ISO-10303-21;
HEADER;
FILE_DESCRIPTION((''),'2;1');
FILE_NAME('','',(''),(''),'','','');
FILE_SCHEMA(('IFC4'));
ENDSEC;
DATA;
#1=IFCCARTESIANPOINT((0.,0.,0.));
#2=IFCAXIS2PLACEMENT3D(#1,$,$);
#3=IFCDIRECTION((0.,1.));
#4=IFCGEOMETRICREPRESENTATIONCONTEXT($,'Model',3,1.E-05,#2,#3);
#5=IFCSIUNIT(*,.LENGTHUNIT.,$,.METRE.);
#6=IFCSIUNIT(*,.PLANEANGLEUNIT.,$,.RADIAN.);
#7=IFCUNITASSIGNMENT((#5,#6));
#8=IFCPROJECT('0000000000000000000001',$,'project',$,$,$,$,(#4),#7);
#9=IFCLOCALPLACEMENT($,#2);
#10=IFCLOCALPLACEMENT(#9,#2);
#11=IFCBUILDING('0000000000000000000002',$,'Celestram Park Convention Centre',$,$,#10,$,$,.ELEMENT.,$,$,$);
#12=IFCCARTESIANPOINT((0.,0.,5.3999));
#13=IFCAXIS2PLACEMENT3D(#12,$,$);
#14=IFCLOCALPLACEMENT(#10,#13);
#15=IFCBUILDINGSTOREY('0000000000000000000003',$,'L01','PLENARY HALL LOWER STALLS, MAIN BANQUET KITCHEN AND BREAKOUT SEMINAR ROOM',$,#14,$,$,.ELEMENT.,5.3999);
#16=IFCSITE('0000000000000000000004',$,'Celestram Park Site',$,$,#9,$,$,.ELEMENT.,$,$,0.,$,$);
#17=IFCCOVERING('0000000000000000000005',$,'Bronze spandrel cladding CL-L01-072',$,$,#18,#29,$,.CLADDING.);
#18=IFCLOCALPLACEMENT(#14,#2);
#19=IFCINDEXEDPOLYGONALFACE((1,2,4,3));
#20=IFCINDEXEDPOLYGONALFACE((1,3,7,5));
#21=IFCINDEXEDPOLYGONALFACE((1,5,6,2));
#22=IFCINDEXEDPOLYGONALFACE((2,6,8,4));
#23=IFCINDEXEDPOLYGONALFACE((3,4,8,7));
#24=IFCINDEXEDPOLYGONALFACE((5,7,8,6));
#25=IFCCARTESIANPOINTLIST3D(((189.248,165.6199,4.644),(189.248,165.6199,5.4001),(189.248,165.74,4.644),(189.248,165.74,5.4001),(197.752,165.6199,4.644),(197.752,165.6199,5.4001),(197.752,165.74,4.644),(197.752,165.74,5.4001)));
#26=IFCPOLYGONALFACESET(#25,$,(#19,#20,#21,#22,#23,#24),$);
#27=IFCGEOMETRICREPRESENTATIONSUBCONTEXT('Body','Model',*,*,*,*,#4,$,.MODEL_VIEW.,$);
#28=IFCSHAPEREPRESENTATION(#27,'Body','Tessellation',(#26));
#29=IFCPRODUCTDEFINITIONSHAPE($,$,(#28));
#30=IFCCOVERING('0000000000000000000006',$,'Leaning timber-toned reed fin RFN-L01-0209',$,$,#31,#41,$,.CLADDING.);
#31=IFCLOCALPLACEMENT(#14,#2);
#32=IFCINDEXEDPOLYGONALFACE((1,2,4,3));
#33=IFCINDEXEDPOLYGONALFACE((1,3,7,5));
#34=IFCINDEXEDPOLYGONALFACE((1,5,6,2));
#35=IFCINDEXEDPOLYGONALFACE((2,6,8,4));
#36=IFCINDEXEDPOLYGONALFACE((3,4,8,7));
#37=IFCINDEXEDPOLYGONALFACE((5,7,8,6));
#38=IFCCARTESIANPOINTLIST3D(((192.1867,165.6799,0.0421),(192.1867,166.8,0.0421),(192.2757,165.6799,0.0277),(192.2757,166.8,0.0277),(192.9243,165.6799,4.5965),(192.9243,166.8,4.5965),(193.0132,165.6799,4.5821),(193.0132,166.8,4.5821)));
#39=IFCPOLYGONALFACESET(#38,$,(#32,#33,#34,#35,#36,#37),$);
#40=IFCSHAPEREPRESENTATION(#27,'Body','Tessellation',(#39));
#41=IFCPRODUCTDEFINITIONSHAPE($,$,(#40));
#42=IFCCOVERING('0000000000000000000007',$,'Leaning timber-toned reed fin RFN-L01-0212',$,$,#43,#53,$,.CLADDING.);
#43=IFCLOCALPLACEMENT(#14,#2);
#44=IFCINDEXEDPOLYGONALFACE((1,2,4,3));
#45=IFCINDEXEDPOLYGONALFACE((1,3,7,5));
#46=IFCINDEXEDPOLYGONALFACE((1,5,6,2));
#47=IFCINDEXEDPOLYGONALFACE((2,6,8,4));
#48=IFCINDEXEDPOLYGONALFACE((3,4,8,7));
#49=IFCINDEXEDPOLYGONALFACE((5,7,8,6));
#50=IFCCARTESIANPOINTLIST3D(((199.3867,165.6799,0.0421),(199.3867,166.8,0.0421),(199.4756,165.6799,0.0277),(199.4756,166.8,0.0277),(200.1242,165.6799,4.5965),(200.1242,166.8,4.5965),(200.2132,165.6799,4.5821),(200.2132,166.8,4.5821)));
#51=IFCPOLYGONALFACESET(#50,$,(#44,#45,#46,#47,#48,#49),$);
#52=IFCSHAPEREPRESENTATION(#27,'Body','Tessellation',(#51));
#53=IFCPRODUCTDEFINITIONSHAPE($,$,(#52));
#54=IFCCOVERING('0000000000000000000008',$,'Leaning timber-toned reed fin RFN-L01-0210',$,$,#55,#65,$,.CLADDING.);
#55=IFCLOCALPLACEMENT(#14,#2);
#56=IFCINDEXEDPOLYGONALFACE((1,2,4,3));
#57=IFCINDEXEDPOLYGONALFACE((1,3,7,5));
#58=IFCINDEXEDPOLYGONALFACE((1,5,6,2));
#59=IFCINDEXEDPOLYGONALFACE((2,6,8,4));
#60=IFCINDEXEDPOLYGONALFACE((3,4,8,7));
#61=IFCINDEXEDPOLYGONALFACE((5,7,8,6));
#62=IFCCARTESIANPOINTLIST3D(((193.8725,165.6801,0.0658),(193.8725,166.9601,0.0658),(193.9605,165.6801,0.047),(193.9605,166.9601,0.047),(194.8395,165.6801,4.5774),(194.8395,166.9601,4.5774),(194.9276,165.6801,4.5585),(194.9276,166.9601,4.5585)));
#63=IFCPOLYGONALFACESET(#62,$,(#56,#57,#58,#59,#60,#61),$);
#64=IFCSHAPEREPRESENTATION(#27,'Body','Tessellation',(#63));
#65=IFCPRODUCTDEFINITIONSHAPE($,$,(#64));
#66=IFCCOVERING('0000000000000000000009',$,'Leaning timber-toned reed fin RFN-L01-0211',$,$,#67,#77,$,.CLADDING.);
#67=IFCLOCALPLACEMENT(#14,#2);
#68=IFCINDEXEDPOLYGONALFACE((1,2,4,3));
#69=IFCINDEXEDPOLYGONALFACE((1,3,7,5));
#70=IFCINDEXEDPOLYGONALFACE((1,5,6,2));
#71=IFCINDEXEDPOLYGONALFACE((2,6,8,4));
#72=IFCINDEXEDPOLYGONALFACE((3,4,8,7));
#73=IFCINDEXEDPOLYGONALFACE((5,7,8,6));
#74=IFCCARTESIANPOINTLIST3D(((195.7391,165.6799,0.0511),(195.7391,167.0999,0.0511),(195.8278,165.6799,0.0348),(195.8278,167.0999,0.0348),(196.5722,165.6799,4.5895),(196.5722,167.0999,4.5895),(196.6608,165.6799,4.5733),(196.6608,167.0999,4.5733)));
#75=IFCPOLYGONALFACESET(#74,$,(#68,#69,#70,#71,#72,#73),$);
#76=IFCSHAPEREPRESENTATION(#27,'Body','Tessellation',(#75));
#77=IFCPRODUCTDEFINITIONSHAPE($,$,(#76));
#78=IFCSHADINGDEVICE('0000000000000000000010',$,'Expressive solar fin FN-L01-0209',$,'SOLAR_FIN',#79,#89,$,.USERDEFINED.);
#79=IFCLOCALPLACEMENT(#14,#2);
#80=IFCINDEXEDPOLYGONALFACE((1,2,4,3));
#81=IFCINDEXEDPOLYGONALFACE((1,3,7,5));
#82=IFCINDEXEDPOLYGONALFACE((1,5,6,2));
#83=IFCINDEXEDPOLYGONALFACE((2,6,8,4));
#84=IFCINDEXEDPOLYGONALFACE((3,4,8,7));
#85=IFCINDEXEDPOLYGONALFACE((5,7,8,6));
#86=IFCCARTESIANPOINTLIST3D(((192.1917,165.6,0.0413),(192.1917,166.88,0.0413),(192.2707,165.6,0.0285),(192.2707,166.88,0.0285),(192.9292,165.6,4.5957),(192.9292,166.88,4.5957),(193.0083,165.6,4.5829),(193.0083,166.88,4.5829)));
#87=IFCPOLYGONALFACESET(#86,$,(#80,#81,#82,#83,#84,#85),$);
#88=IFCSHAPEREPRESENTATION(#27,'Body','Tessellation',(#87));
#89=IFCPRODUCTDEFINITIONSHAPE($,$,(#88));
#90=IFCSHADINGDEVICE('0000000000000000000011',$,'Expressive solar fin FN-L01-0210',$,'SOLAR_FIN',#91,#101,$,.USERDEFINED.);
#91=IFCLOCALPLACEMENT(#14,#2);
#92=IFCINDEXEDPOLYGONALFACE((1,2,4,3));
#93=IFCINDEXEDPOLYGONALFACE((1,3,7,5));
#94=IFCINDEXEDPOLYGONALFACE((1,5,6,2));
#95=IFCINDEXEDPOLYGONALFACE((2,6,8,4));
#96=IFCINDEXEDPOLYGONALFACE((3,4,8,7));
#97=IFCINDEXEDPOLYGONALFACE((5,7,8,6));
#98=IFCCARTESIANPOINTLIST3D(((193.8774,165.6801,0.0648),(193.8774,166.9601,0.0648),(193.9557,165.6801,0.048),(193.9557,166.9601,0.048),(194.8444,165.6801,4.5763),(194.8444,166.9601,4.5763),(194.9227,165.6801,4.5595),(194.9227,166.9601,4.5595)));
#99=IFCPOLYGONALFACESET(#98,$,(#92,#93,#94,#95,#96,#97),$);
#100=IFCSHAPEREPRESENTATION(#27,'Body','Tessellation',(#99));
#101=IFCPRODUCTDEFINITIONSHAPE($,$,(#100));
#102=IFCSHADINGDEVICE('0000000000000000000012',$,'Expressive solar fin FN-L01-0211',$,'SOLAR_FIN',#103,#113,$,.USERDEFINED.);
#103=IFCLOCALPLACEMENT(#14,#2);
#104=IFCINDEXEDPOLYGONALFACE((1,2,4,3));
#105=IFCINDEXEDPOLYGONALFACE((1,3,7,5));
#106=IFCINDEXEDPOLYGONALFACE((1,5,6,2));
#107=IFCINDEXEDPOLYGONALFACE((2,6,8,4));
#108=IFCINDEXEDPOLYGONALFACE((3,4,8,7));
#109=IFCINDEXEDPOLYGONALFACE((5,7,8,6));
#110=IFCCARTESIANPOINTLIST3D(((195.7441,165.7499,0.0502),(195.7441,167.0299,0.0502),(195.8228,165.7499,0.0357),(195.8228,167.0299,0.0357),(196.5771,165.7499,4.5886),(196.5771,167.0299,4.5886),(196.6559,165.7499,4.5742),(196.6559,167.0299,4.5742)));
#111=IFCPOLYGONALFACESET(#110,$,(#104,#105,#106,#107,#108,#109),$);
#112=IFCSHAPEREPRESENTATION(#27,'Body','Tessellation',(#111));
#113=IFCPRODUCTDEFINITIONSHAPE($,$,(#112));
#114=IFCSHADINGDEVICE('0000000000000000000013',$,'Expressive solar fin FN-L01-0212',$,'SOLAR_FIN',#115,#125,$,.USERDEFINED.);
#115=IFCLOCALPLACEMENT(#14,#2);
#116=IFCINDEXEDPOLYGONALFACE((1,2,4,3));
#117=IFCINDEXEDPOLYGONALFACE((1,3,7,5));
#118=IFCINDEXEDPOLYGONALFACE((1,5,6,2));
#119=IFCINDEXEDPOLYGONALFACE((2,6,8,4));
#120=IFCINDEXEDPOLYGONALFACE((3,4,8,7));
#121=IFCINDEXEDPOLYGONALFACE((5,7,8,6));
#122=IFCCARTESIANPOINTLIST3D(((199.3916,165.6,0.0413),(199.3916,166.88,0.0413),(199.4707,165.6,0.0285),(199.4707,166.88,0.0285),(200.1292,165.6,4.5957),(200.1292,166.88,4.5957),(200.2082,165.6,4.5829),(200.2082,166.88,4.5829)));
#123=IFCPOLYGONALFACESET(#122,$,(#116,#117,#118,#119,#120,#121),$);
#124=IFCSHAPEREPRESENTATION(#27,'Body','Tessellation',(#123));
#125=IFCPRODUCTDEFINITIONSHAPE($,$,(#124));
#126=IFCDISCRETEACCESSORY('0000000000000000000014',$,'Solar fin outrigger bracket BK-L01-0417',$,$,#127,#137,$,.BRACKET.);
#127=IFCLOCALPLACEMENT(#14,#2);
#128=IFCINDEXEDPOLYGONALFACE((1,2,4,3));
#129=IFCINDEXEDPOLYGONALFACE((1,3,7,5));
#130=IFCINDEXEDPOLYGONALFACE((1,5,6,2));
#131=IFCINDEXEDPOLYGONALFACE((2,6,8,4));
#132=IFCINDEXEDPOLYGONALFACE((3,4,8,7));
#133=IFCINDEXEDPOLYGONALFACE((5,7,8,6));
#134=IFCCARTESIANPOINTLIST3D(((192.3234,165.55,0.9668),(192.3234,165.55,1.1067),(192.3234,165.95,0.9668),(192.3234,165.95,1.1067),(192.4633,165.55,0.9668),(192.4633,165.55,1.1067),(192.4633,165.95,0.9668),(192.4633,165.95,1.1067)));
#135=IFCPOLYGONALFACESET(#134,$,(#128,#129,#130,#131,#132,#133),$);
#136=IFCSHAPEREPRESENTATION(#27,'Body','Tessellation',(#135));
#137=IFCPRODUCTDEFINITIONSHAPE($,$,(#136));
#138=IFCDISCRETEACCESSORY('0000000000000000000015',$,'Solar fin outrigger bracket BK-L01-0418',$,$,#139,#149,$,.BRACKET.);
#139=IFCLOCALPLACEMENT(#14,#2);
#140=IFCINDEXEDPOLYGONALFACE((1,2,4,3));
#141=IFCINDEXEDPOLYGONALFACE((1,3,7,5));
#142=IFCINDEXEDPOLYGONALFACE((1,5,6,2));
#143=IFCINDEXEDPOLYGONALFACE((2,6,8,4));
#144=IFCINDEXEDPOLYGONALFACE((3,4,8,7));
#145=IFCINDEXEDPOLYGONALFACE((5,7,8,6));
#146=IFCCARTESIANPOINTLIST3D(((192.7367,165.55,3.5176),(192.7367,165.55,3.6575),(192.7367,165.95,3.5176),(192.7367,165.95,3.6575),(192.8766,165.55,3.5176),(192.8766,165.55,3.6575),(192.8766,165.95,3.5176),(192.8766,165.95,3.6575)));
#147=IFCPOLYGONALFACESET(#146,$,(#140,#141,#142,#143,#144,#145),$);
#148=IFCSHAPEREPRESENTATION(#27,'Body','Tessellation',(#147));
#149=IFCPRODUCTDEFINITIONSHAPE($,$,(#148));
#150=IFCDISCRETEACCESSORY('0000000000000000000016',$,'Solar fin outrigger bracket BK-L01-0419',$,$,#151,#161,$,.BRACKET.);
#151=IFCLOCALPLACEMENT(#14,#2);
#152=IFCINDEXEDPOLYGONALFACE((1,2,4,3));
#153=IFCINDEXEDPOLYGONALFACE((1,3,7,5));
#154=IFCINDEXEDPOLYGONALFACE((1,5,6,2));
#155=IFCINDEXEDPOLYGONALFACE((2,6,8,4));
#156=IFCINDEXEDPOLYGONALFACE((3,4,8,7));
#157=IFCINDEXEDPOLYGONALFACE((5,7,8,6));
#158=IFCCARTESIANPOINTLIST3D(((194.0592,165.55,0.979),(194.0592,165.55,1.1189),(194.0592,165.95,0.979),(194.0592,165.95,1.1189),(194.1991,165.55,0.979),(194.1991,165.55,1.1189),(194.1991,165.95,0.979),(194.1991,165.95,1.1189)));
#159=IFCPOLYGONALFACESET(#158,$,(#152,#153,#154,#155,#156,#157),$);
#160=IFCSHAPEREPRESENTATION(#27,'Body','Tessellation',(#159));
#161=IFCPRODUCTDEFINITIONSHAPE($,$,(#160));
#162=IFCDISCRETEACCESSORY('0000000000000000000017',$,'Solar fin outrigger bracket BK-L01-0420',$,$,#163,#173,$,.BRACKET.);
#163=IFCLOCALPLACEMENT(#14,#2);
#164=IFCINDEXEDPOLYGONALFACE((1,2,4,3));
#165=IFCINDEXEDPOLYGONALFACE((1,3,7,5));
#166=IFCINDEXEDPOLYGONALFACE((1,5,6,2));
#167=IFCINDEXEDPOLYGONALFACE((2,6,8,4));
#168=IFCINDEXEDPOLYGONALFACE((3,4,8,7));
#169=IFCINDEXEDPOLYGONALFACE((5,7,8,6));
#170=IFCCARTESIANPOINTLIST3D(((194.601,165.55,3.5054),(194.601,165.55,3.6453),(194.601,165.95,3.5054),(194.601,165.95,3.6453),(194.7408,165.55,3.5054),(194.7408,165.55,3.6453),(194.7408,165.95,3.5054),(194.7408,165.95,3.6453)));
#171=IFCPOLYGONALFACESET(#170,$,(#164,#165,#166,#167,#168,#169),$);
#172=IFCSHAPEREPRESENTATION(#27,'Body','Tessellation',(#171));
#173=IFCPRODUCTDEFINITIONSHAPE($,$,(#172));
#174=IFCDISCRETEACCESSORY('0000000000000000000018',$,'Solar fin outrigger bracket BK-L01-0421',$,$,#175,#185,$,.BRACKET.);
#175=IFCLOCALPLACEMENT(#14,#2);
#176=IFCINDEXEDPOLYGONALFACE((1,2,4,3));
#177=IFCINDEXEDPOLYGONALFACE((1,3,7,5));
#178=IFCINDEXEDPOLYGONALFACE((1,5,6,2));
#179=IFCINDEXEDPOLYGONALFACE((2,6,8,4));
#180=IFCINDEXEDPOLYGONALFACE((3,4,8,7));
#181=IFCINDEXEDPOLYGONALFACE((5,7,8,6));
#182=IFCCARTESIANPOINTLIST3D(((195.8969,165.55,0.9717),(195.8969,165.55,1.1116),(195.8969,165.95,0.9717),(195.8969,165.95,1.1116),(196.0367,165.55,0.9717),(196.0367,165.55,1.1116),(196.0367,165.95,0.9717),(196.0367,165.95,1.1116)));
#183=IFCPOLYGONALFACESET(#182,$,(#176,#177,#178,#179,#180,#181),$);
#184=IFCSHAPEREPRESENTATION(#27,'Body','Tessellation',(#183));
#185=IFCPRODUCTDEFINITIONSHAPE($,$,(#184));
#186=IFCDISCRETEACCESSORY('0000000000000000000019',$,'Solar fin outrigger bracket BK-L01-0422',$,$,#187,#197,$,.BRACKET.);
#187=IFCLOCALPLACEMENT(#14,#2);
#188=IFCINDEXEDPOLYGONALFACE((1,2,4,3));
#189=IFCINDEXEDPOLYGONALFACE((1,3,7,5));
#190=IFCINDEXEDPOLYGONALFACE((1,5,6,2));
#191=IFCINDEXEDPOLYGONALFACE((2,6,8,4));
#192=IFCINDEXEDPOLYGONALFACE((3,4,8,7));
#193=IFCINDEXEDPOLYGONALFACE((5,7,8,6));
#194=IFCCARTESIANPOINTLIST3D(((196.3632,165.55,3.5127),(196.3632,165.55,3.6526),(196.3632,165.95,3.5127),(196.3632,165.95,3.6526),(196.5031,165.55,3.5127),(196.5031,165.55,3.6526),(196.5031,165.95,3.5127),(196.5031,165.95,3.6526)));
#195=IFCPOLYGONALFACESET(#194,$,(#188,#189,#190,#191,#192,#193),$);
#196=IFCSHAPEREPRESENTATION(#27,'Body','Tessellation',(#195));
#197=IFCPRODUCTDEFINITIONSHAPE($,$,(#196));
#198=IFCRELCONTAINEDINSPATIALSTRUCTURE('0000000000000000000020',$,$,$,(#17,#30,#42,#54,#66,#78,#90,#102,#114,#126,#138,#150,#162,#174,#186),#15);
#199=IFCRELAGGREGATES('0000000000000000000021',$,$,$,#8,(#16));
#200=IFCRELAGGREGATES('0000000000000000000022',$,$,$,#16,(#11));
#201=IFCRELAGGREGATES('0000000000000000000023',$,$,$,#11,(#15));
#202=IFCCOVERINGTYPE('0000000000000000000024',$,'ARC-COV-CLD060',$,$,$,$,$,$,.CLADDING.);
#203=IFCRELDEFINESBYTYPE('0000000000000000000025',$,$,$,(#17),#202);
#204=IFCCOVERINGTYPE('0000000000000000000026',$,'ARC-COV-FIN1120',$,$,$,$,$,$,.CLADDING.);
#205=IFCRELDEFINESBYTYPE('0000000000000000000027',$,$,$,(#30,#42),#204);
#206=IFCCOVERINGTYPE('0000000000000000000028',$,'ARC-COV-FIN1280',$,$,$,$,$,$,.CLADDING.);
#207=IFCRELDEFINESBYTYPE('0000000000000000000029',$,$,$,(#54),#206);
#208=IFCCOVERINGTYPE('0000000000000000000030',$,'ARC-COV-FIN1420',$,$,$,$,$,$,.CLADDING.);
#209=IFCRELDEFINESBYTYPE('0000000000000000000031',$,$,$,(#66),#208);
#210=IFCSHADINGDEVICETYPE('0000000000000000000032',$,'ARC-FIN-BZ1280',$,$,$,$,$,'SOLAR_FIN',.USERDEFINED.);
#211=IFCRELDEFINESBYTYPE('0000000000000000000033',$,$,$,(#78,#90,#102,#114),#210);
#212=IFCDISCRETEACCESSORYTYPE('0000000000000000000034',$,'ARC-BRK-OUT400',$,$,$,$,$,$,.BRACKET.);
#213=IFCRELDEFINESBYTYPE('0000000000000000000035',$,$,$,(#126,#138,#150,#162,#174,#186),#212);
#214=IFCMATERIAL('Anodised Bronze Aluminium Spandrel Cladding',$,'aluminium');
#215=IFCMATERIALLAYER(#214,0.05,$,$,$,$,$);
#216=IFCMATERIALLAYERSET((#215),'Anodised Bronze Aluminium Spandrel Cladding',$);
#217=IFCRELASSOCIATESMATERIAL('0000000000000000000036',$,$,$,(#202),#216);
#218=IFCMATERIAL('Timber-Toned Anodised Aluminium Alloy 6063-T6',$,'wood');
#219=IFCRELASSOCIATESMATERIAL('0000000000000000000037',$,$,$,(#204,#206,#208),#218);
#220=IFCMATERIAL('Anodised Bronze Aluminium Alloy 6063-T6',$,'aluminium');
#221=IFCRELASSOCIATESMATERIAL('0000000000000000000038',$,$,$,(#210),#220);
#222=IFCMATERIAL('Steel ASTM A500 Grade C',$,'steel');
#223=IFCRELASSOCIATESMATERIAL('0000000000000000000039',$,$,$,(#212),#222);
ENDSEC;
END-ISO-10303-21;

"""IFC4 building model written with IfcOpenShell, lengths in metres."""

from ifc_helpers import new_model, si_unit, direction, frame, origin, origin_2d, place, context, subcontext, project, spatial, rectangle, extrude, material, layer, layer_set, material_profile, profile_set, type_object, element, save


model = new_model("IFC4")

# Units and contexts
model_context = context("Model", 3, precision=1e-05, world=origin(), true_north=direction((0.0, 1.0)))
body_context = subcontext(model_context, "Body", "Model", "MODEL_VIEW")
ifc_project = project(units=[si_unit("LENGTHUNIT", "METRE"), si_unit("PLANEANGLEUNIT", "RADIAN")], contexts=[model_context])

# Site, building, storey
site_placement = place(None, origin())
site = spatial("IfcSite", under=ifc_project, at=site_placement, Name="Celestram Park Site", CompositionType="ELEMENT", RefElevation=0.0)
building_placement = place(site_placement, origin())
building = spatial("IfcBuilding", under=site, at=building_placement, Name="Celestram Park Convention Centre", CompositionType="ELEMENT")
storey_placement = place(building_placement, frame((0.0, 0.0, 5.3999)))
storey = spatial("IfcBuildingStorey", under=building, at=storey_placement, Name="L01", Description="PLENARY HALL LOWER STALLS, MAIN BANQUET KITCHEN AND BREAKOUT SEMINAR ROOM", CompositionType="ELEMENT", Elevation=5.3999)

# Shared definitions
ifc_material_1 = material(Name="Steel ASTM A500 Grade C", Category="steel")

# Coverings
ifc_material_2 = material(Name="Anodised Bronze Aluminium Spandrel Cladding", Category="aluminium")
ifc_layer_1 = layer(ifc_material_2, 0.05)
ifc_layer_set_1 = layer_set([ifc_layer_1], Name="Anodised Bronze Aluminium Spandrel Cladding")
covering_type_1 = type_object("IfcCoveringType", Name="ARC-COV-CLD060", PredefinedType="CLADDING", material=ifc_layer_set_1)
covering_1_placement = place(storey_placement, frame((193.5, 165.6799, 4.644), z_axis=(0.0, 0.0, 1.0), x_axis=(1.0, 0.0, 0.0)))
element("IfcCovering", 1, at=covering_1_placement, inside=storey, type_object=covering_type_1, Name="Bronze spandrel cladding CL-L01-072", PredefinedType="CLADDING", context=body_context, shape_type="SweptSolid", body=[
    extrude(rectangle(XDim=8.5039, YDim=0.1201, at=origin_2d()), origin(), (0.0, 0.0, 1.0), 0.7561),
])
ifc_material_3 = material(Name="Timber-Toned Anodised Aluminium Alloy 6063-T6", Category="wood")
ifc_material_profile_1 = material_profile(ifc_material_3, rectangle(XDim=1.1201, YDim=0.0901, at=origin_2d()), Name="REED1120X90")
ifc_profile_set_1 = profile_set([ifc_material_profile_1], Name="Timber-Toned Anodised Aluminium Alloy 6063-T6")
covering_type_2 = type_object("IfcCoveringType", Name="ARC-COV-FIN1120", PredefinedType="CLADDING", material=ifc_profile_set_1)
for number, where, z_axis, x_axis, name in (
    (2, (192.2312, 166.24, 0.0349), (0.159858, 0.0, 0.98714), (0.0, 1.0, 0.0), "Leaning timber-toned reed fin RFN-L01-0209"),
    (3, (199.4312, 166.24, 0.0349), (0.159858, 0.0, 0.98714), (0.0, 1.0, 0.0), "Leaning timber-toned reed fin RFN-L01-0212"),
):
    element("IfcCovering", number, at=place(storey_placement, frame(where, z_axis=z_axis, x_axis=x_axis)), inside=storey, type_object=covering_type_2, Name=name, PredefinedType="CLADDING", context=body_context, shape_type="SweptSolid", body=[
        extrude(rectangle(XDim=1.1201, YDim=0.0901, at=origin_2d()), origin(), (0.0, 0.0, 1.0), 4.6138),
    ])
ifc_material_profile_2 = material_profile(ifc_material_3, rectangle(XDim=1.28, YDim=0.0901, at=origin_2d()), Name="REED1280X90")
ifc_profile_set_2 = profile_set([ifc_material_profile_2], Name="Timber-Toned Anodised Aluminium Alloy 6063-T6")
covering_type_3 = type_object("IfcCoveringType", Name="ARC-COV-FIN1280", PredefinedType="CLADDING", material=ifc_profile_set_2)
covering_2_placement = place(storey_placement, frame((193.9165, 166.3201, 0.0564), z_axis=(0.209591, 0.0, 0.977789), x_axis=(0.0, 1.0, 0.0)))
element("IfcCovering", 4, at=covering_2_placement, inside=storey, type_object=covering_type_3, Name="Leaning timber-toned reed fin RFN-L01-0210", PredefinedType="CLADDING", context=body_context, shape_type="SweptSolid", body=[
    extrude(rectangle(XDim=1.28, YDim=0.0901, at=origin_2d()), origin(), (0.0, 0.0, 1.0), 4.614),
])
ifc_material_profile_3 = material_profile(ifc_material_3, rectangle(XDim=1.4199, YDim=0.0901, at=origin_2d()), Name="REED1420X90")
ifc_profile_set_3 = profile_set([ifc_material_profile_3], Name="Timber-Toned Anodised Aluminium Alloy 6063-T6")
covering_type_4 = type_object("IfcCoveringType", Name="ARC-COV-FIN1420", PredefinedType="CLADDING", material=ifc_profile_set_3)
covering_3_placement = place(storey_placement, frame((195.7834, 166.3899, 0.043), z_axis=(0.180533, 0.0, 0.983569), x_axis=(0.0, 1.0, 0.0)))
element("IfcCovering", 5, at=covering_3_placement, inside=storey, type_object=covering_type_4, Name="Leaning timber-toned reed fin RFN-L01-0211", PredefinedType="CLADDING", context=body_context, shape_type="SweptSolid", body=[
    extrude(rectangle(XDim=1.4199, YDim=0.0901, at=origin_2d()), origin(), (0.0, 0.0, 1.0), 4.6143),
])

# Shading devices
ifc_material_4 = material(Name="Anodised Bronze Aluminium Alloy 6063-T6", Category="aluminium")
ifc_material_profile_4 = material_profile(ifc_material_4, rectangle(XDim=1.28, YDim=0.0801, at=origin_2d()), Name="FIN1280X80")
ifc_profile_set_4 = profile_set([ifc_material_profile_4], Name="Anodised Bronze Aluminium Alloy 6063-T6")
shading_device_type = type_object("IfcShadingDeviceType", Name="ARC-FIN-BZ1280", ElementType="SOLAR_FIN", PredefinedType="USERDEFINED", material=ifc_profile_set_4)
shading_device_1_placement = place(storey_placement, frame((192.2312, 166.24, 0.0349), z_axis=(0.159858, 0.0, 0.98714), x_axis=(0.0, 1.0, 0.0)))
element("IfcShadingDevice", 6, at=shading_device_1_placement, inside=storey, type_object=shading_device_type, Name="Expressive solar fin FN-L01-0209", ObjectType="SOLAR_FIN", PredefinedType="USERDEFINED", context=body_context, shape_type="SweptSolid", body=[
    extrude(rectangle(XDim=1.28, YDim=0.0801, at=origin_2d()), origin(), (0.0, 0.0, 1.0), 4.6138),
])
shading_device_2_placement = place(storey_placement, frame((193.9165, 166.3201, 0.0564), z_axis=(0.209591, 0.0, 0.977789), x_axis=(0.0, 1.0, 0.0)))
element("IfcShadingDevice", 7, at=shading_device_2_placement, inside=storey, type_object=shading_device_type, Name="Expressive solar fin FN-L01-0210", ObjectType="SOLAR_FIN", PredefinedType="USERDEFINED", context=body_context, shape_type="SweptSolid", body=[
    extrude(rectangle(XDim=1.28, YDim=0.0801, at=origin_2d()), origin(), (0.0, 0.0, 1.0), 4.614),
])
shading_device_3_placement = place(storey_placement, frame((195.7834, 166.3899, 0.043), z_axis=(0.180533, 0.0, 0.983569), x_axis=(0.0, 1.0, 0.0)))
element("IfcShadingDevice", 8, at=shading_device_3_placement, inside=storey, type_object=shading_device_type, Name="Expressive solar fin FN-L01-0211", ObjectType="SOLAR_FIN", PredefinedType="USERDEFINED", context=body_context, shape_type="SweptSolid", body=[
    extrude(rectangle(XDim=1.28, YDim=0.0801, at=origin_2d()), origin(), (0.0, 0.0, 1.0), 4.6143),
])
shading_device_4_placement = place(storey_placement, frame((199.4312, 166.24, 0.0349), z_axis=(0.159858, 0.0, 0.98714), x_axis=(0.0, 1.0, 0.0)))
element("IfcShadingDevice", 9, at=shading_device_4_placement, inside=storey, type_object=shading_device_type, Name="Expressive solar fin FN-L01-0212", ObjectType="SOLAR_FIN", PredefinedType="USERDEFINED", context=body_context, shape_type="SweptSolid", body=[
    extrude(rectangle(XDim=1.28, YDim=0.0801, at=origin_2d()), origin(), (0.0, 0.0, 1.0), 4.6138),
])

# Discrete accessories
discrete_accessory_type = type_object("IfcDiscreteAccessoryType", Name="ARC-BRK-OUT400", PredefinedType="BRACKET", material=ifc_material_1)
for number, where, z_axis, x_axis, name in (
    (10, (192.3933, 165.75, 0.9668), (0.0, 0.0, 1.0), (0.0, 1.0, 0.0), "Solar fin outrigger bracket BK-L01-0417"),
    (11, (192.8066, 165.75, 3.5176), (0.0, 0.0, 1.0), (0.0, 1.0, 0.0), "Solar fin outrigger bracket BK-L01-0418"),
    (12, (194.1292, 165.75, 0.979), (0.0, 0.0, 1.0), (0.0, 1.0, 0.0), "Solar fin outrigger bracket BK-L01-0419"),
    (13, (194.6709, 165.75, 3.5054), (0.0, 0.0, 1.0), (0.0, 1.0, 0.0), "Solar fin outrigger bracket BK-L01-0420"),
    (14, (195.9668, 165.75, 0.9717), (0.0, 0.0, 1.0), (0.0, 1.0, 0.0), "Solar fin outrigger bracket BK-L01-0421"),
    (15, (196.4331, 165.75, 3.5127), (0.0, 0.0, 1.0), (0.0, 1.0, 0.0), "Solar fin outrigger bracket BK-L01-0422"),
):
    element("IfcDiscreteAccessory", number, at=place(storey_placement, frame(where, z_axis=z_axis, x_axis=x_axis)), inside=storey, type_object=discrete_accessory_type, Name=name, PredefinedType="BRACKET", context=body_context, shape_type="SweptSolid", body=[
        extrude(rectangle(XDim=0.3999, YDim=0.1399, at=origin_2d()), origin(), (0.0, 0.0, 1.0), 0.1399),
    ])

save(model, "model.ifc")
